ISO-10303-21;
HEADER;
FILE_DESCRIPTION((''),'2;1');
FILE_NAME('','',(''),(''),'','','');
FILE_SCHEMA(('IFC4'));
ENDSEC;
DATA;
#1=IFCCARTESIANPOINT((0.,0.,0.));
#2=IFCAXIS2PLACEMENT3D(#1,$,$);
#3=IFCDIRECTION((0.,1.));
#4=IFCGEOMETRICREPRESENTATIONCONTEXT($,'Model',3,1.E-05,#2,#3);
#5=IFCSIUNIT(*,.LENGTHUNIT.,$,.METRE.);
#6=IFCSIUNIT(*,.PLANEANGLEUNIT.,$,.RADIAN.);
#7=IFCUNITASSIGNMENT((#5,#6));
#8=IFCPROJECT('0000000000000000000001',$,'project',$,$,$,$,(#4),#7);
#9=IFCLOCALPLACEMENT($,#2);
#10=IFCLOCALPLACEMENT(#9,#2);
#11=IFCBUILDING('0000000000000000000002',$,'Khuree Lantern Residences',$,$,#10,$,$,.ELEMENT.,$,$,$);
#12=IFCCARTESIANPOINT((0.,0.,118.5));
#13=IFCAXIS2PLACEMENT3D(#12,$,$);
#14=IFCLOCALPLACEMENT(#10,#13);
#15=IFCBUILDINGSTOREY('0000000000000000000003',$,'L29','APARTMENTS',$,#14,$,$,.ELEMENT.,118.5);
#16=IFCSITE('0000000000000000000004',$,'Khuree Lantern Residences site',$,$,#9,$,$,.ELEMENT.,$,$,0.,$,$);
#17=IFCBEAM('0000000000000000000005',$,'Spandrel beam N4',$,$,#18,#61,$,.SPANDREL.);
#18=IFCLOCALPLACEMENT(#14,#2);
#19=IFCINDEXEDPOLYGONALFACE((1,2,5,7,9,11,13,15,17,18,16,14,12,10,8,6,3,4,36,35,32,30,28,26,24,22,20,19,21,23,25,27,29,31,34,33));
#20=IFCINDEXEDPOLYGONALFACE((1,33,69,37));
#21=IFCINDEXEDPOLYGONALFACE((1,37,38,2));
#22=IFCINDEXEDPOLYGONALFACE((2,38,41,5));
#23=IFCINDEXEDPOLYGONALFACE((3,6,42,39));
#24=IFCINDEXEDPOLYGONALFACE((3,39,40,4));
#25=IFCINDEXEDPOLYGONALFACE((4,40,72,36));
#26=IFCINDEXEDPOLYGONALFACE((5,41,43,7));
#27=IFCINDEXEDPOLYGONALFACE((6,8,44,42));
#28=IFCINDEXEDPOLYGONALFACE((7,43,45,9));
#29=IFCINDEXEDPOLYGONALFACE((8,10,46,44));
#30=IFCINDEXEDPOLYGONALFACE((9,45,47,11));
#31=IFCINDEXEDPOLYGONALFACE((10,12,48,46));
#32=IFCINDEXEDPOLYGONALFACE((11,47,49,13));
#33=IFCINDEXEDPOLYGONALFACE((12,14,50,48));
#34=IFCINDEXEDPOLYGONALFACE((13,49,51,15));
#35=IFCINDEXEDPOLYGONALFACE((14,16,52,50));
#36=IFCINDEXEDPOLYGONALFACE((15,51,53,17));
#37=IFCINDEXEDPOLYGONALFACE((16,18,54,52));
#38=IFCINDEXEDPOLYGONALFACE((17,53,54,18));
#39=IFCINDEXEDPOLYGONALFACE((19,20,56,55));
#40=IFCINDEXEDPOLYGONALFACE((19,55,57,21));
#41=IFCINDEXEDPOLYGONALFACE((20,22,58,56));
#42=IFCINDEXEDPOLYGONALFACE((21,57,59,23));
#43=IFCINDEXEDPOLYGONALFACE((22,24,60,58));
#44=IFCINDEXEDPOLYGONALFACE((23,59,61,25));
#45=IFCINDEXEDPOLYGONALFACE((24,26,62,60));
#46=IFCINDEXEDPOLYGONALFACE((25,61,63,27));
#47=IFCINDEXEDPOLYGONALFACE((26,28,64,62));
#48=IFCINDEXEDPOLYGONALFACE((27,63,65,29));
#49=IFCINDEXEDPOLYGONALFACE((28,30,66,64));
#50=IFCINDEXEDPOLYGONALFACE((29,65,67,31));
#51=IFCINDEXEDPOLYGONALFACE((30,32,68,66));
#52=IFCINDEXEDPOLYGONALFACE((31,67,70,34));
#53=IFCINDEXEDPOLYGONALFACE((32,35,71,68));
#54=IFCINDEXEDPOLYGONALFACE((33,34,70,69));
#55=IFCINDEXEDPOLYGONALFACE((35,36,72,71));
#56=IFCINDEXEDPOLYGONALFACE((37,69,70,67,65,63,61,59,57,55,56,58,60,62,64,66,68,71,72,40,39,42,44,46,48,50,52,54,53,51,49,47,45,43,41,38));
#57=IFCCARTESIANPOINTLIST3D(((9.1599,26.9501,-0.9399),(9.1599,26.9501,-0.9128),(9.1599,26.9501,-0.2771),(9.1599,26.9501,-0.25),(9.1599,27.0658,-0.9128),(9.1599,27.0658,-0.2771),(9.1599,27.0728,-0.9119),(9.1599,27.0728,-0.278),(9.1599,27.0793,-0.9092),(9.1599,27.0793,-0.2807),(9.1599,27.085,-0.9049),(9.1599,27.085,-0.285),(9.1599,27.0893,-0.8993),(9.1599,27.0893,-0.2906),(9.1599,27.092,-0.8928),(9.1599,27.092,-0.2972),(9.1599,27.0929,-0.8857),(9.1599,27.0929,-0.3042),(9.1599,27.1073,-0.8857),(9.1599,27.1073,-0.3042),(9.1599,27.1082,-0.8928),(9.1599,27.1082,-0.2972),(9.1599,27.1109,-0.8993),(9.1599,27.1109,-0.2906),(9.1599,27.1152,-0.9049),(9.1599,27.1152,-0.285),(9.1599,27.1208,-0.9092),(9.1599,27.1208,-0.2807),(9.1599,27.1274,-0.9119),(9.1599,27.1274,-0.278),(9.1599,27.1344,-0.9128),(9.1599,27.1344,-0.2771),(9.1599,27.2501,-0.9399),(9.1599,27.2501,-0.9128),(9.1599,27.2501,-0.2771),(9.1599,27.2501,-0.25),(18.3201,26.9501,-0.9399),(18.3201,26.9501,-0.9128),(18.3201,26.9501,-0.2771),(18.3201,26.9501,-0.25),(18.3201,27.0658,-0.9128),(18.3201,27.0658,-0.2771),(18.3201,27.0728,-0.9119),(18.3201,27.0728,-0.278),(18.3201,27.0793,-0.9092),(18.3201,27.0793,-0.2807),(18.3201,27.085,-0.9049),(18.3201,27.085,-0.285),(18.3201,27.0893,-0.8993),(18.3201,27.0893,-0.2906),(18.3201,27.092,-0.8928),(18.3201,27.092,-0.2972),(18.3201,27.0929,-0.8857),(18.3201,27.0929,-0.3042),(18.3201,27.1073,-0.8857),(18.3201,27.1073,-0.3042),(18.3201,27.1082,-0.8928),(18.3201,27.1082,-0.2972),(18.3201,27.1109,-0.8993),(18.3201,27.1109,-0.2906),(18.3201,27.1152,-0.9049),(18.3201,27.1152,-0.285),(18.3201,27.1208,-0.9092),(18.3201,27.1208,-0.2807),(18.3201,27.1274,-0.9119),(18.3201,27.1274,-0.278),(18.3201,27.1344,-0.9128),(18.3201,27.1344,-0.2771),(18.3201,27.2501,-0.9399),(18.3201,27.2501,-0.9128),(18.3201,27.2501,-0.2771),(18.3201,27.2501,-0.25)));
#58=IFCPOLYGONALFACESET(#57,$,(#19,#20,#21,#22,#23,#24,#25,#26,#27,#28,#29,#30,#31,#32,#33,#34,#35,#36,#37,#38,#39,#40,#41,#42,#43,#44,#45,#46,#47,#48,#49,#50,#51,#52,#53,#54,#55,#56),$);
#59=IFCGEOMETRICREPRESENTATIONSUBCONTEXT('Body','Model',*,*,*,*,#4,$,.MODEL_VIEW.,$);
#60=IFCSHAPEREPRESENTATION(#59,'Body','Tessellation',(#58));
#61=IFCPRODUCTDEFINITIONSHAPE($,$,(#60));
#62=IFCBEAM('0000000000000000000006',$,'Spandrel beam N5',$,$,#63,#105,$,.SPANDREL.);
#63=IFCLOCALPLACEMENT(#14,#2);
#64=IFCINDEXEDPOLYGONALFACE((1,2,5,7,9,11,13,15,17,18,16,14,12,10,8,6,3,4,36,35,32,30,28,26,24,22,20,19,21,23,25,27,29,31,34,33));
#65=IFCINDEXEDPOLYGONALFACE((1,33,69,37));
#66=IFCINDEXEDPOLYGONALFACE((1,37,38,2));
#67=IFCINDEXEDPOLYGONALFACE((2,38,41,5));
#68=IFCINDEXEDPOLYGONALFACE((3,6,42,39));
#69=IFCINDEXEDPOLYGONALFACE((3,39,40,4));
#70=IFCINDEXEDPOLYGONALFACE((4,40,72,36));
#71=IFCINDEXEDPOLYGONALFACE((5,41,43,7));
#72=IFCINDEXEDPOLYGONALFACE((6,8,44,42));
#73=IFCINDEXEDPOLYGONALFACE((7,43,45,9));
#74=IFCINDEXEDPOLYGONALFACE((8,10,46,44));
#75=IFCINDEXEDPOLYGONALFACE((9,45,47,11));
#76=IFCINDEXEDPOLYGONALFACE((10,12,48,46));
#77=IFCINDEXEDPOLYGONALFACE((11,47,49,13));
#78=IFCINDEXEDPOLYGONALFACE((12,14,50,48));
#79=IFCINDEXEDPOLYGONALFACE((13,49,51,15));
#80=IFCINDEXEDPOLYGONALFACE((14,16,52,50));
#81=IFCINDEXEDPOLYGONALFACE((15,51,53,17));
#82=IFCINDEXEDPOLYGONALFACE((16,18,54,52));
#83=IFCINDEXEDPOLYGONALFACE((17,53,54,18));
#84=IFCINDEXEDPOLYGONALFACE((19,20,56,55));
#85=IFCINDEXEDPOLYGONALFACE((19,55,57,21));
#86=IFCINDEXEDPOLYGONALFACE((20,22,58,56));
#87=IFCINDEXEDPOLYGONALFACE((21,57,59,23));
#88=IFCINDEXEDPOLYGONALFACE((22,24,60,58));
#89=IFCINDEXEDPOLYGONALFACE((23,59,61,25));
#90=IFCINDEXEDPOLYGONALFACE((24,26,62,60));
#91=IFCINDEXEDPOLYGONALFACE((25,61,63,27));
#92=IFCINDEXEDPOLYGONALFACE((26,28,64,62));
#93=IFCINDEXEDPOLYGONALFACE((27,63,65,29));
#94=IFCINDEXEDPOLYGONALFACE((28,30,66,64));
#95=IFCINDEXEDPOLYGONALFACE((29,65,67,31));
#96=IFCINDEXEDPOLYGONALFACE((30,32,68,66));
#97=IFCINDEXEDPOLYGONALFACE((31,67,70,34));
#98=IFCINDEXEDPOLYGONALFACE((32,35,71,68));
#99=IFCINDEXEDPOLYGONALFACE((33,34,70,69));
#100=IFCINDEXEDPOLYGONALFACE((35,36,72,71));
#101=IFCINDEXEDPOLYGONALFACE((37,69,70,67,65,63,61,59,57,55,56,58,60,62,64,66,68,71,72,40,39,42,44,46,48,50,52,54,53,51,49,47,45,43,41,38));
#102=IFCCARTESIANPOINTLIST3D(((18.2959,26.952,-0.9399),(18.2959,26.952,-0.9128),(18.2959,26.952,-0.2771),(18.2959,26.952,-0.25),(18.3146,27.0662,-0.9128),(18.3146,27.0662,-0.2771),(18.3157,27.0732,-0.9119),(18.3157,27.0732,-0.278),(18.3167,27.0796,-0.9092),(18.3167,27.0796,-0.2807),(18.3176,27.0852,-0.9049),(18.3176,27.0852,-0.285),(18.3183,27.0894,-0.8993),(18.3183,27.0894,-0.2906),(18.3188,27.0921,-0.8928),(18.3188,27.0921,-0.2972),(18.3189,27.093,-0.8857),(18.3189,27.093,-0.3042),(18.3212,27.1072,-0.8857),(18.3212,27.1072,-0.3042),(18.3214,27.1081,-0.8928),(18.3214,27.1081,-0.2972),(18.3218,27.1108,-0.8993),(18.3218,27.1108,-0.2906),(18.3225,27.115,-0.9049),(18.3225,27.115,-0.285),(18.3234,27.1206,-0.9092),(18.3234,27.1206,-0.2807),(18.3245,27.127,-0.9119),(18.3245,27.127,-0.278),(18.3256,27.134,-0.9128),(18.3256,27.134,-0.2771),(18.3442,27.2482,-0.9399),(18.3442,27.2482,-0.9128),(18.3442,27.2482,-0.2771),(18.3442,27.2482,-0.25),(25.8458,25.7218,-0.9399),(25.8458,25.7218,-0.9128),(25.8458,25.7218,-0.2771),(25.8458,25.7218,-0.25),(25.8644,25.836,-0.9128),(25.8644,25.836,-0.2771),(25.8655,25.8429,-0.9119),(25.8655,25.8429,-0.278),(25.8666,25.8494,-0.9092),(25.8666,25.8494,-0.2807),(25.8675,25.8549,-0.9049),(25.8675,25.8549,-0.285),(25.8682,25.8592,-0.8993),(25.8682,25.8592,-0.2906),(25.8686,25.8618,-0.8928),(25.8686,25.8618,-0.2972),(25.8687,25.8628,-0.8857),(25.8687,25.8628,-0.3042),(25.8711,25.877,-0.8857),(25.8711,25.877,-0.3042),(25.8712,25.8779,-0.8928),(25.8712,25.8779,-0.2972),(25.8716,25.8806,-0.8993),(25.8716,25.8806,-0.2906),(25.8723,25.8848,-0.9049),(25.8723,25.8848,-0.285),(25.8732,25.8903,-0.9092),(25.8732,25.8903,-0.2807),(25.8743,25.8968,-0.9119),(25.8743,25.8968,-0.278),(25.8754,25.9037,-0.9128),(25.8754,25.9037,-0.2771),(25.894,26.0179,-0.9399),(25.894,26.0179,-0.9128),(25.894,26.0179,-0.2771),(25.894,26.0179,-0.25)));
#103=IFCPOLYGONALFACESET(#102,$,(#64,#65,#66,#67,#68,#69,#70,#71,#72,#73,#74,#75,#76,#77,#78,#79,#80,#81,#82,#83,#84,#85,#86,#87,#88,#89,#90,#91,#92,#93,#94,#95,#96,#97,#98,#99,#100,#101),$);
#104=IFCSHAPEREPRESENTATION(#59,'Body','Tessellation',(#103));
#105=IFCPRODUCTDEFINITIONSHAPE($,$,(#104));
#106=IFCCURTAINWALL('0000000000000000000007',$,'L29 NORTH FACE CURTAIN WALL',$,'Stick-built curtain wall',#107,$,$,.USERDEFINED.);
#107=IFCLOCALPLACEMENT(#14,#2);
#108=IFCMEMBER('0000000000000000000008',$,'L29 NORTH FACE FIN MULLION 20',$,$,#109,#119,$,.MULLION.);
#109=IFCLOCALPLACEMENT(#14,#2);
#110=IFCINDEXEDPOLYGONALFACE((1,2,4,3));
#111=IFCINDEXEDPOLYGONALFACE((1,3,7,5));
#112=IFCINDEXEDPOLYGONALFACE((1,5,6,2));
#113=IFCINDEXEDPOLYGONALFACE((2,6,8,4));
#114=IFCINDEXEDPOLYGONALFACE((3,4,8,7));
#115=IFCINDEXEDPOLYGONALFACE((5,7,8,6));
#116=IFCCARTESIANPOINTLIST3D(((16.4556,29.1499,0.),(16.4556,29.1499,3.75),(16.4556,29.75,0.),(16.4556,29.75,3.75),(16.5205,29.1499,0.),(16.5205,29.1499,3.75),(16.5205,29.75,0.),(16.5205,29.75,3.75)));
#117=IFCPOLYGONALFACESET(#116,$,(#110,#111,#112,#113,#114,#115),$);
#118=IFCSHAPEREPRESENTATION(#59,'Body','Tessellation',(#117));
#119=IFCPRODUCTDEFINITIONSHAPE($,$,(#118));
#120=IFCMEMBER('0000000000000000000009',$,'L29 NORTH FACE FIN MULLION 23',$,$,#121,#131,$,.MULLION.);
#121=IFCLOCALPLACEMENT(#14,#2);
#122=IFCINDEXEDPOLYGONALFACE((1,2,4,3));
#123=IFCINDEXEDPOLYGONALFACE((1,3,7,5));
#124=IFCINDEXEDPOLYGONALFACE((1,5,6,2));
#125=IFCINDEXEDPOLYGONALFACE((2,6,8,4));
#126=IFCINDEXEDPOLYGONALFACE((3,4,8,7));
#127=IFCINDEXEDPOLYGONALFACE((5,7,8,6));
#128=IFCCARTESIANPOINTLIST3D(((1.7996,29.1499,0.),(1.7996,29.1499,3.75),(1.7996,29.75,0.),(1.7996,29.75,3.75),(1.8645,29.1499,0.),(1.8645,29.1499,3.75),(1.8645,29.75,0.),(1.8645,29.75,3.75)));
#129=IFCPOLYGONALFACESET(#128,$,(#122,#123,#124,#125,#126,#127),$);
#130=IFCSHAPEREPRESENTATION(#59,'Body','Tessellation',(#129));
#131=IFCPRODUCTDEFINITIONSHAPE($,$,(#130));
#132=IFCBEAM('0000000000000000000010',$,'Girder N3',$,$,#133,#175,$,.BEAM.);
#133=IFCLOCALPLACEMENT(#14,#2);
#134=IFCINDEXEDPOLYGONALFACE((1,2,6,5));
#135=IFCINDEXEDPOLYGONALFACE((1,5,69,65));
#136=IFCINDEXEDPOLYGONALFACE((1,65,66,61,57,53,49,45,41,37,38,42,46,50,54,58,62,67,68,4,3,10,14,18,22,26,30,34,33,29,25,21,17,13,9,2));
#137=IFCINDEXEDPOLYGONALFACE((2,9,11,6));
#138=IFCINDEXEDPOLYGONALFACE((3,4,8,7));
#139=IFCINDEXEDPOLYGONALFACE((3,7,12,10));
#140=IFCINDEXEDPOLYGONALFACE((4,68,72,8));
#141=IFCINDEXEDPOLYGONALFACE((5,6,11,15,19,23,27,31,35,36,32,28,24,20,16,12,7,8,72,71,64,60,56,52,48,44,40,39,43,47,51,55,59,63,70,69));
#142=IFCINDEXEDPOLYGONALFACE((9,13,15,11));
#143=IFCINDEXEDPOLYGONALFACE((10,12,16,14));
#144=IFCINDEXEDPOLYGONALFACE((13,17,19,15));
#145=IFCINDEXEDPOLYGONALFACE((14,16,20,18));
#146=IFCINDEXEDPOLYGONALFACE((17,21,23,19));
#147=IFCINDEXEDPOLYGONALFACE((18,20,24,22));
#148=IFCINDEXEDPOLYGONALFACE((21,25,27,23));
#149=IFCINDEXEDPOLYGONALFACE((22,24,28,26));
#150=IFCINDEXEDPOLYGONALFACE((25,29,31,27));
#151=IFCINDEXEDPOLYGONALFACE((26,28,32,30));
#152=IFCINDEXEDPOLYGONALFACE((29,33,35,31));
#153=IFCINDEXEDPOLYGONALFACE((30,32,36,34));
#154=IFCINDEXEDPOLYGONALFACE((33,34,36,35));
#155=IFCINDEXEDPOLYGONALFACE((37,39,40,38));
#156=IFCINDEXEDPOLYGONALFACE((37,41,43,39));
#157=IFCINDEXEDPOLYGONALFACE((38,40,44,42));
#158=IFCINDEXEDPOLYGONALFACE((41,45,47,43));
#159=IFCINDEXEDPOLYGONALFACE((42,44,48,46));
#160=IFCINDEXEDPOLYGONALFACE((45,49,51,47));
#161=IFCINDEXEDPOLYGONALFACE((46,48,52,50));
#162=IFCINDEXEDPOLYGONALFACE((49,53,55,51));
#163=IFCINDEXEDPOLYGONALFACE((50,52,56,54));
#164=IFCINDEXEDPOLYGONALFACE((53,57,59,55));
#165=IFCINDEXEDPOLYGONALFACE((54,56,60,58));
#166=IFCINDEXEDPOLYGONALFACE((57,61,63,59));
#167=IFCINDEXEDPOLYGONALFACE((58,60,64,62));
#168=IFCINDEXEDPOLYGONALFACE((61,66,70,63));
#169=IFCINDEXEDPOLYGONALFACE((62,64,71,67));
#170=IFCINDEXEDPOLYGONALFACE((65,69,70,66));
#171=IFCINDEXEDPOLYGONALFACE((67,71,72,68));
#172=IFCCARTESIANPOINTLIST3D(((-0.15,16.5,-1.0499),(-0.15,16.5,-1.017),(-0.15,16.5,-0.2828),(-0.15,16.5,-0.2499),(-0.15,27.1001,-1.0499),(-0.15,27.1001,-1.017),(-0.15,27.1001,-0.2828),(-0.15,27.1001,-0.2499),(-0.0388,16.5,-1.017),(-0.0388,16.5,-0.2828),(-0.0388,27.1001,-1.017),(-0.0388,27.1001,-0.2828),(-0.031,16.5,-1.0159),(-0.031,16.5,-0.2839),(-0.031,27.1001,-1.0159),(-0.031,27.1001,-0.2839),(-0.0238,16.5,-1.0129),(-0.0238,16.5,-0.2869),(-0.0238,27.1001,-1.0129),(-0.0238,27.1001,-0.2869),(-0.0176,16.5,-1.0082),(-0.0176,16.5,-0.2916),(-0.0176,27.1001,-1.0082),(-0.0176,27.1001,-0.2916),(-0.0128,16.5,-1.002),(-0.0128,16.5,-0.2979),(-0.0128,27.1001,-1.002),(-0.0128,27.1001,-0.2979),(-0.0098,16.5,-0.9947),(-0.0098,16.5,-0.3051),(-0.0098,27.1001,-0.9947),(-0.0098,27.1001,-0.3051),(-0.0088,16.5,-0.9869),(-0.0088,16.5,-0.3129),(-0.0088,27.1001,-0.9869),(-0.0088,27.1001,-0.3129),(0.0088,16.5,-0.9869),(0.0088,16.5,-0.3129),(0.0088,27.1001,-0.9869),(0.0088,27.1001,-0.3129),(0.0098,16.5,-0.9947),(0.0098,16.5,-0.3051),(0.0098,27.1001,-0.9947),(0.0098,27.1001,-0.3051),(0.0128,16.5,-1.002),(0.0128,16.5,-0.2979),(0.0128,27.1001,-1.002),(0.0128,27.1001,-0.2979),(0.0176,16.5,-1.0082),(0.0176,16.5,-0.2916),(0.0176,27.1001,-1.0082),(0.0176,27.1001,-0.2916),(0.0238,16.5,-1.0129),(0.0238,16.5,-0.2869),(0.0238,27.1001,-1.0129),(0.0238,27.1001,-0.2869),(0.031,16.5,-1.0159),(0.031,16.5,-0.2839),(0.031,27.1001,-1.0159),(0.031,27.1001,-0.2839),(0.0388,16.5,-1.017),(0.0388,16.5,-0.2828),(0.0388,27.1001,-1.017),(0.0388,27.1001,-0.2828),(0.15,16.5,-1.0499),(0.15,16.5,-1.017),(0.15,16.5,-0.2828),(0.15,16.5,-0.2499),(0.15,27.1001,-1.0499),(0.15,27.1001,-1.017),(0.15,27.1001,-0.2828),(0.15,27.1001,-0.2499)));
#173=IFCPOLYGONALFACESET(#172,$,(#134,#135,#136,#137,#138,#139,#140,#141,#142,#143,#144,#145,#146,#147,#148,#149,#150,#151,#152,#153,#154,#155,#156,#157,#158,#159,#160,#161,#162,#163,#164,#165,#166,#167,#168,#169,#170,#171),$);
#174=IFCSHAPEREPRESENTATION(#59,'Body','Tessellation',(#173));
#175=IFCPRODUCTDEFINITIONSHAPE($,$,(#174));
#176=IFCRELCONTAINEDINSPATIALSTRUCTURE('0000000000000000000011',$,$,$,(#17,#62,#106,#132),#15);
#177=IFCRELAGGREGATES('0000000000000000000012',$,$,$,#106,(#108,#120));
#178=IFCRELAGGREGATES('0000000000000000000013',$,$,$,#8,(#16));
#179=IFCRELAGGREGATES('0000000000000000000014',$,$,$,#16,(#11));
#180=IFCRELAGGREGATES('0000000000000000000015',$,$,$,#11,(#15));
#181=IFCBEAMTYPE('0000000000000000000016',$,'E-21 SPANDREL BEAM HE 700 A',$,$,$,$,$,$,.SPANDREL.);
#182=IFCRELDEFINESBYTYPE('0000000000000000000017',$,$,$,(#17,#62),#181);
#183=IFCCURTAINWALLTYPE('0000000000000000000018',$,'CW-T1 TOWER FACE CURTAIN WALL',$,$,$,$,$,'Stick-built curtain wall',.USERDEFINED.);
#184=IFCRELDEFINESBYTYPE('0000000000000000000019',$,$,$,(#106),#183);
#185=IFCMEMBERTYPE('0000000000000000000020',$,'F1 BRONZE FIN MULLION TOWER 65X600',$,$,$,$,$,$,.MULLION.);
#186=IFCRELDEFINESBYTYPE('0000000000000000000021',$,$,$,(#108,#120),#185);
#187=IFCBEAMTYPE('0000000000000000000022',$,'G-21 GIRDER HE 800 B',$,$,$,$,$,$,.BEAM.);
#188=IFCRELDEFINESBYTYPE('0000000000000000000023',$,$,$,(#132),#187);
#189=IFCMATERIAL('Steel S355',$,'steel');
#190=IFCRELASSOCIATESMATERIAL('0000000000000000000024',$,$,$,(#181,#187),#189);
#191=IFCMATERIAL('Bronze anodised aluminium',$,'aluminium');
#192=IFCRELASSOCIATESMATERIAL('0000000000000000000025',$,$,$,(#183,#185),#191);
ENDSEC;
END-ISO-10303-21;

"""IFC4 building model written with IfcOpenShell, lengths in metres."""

from ifc_helpers import new_model, si_unit, direction, frame, origin, origin_2d, place, context, subcontext, project, spatial, rectangle, i_section, extrude, material, material_profile, profile_set, type_object, element, aggregate, save


model = new_model("IFC4")

# Units and contexts
model_context = context("Model", 3, precision=1e-05, world=origin(), true_north=direction((0.0, 1.0)))
body_context = subcontext(model_context, "Body", "Model", "MODEL_VIEW")
ifc_project = project(units=[si_unit("LENGTHUNIT", "METRE"), si_unit("PLANEANGLEUNIT", "RADIAN")], contexts=[model_context])

# Site, building, storey
site_placement = place(None, origin())
site = spatial("IfcSite", under=ifc_project, at=site_placement, Name="Khuree Lantern Residences site", CompositionType="ELEMENT", RefElevation=0.0)
building_placement = place(site_placement, origin())
building = spatial("IfcBuilding", under=site, at=building_placement, Name="Khuree Lantern Residences", CompositionType="ELEMENT")
storey_placement = place(building_placement, frame((0.0, 0.0, 118.5)))
storey = spatial("IfcBuildingStorey", under=building, at=storey_placement, Name="L29", Description="APARTMENTS", CompositionType="ELEMENT", Elevation=118.5)

# Beams
ifc_material_1 = material(Name="Steel S355", Category="steel")
ifc_material_profile_1 = material_profile(ifc_material_1, i_section(OverallWidth=0.3, OverallDepth=0.6899, WebThickness=0.0144, FlangeThickness=0.0271, FilletRadius=0.0271, at=origin_2d()), Name="HE 700 A")
ifc_profile_set_1 = profile_set([ifc_material_profile_1], Name="Steel S355")
beam_type_1 = type_object("IfcBeamType", Name="E-21 SPANDREL BEAM HE 700 A", PredefinedType="SPANDREL", material=ifc_profile_set_1)
beam_1_placement = place(storey_placement, frame((9.1599, 27.1001, -0.595), z_axis=(1.0, 0.0, 0.0), x_axis=(0.0, 1.0, 0.0)))
element("IfcBeam", 1, at=beam_1_placement, inside=storey, type_object=beam_type_1, Name="Spandrel beam N4", PredefinedType="SPANDREL", context=body_context, shape_type="SweptSolid", body=[
    extrude(i_section(OverallWidth=0.3, OverallDepth=0.6899, WebThickness=0.0144, FlangeThickness=0.0271, FilletRadius=0.0271, at=origin_2d()), origin(), (0.0, 0.0, 1.0), 9.1602),
])
beam_2_placement = place(storey_placement, frame((18.3201, 27.1001, -0.595), z_axis=(0.986983, -0.160827, 0.0), x_axis=(0.160827, 0.986983, 0.0)))
element("IfcBeam", 2, at=beam_2_placement, inside=storey, type_object=beam_type_1, Name="Spandrel beam N5", PredefinedType="SPANDREL", context=body_context, shape_type="SweptSolid", body=[
    extrude(i_section(OverallWidth=0.3, OverallDepth=0.6899, WebThickness=0.0144, FlangeThickness=0.0271, FilletRadius=0.0271, at=origin_2d()), origin(), (0.0, 0.0, 1.0), 7.6494),
])

# Curtain wall, members
ifc_material_2 = material(Name="Bronze anodised aluminium", Category="aluminium")
curtain_wall_type = type_object("IfcCurtainWallType", Name="CW-T1 TOWER FACE CURTAIN WALL", ElementType="Stick-built curtain wall", PredefinedType="USERDEFINED", material=ifc_material_2)
curtain_wall_placement = place(storey_placement, origin())
curtain_wall = element("IfcCurtainWall", 3, at=curtain_wall_placement, inside=storey, type_object=curtain_wall_type, Name="L29 NORTH FACE CURTAIN WALL", ObjectType="Stick-built curtain wall", PredefinedType="USERDEFINED")
ifc_material_profile_2 = material_profile(ifc_material_2, rectangle(XDim=0.0649, YDim=0.6001, at=origin_2d()), Name="F1 65X600")
ifc_profile_set_2 = profile_set([ifc_material_profile_2], Name="Bronze anodised aluminium")
member_type_1 = type_object("IfcMemberType", Name="F1 BRONZE FIN MULLION TOWER 65X600", PredefinedType="MULLION", material=ifc_profile_set_2)
member_1_placement = place(storey_placement, frame((16.488, 29.45, 0.0), z_axis=(0.0, 0.0, 1.0), x_axis=(-1.0, 0.0, 0.0)))
member_1 = element("IfcMember", 4, at=member_1_placement, type_object=member_type_1, Name="L29 NORTH FACE FIN MULLION 20", PredefinedType="MULLION", context=body_context, shape_type="SweptSolid", body=[
    extrude(rectangle(XDim=0.0649, YDim=0.6001, at=origin_2d()), origin(), (0.0, 0.0, 1.0), 3.75),
])
member_2_placement = place(storey_placement, frame((1.832, 29.45, 0.0), z_axis=(0.0, 0.0, 1.0), x_axis=(-1.0, 0.0, 0.0)))
member_2 = element("IfcMember", 5, at=member_2_placement, type_object=member_type_1, Name="L29 NORTH FACE FIN MULLION 23", PredefinedType="MULLION", context=body_context, shape_type="SweptSolid", body=[
    extrude(rectangle(XDim=0.0649, YDim=0.6001, at=origin_2d()), origin(), (0.0, 0.0, 1.0), 3.75),
])

# Beam
ifc_material_profile_3 = material_profile(ifc_material_1, i_section(OverallWidth=0.3, OverallDepth=0.8, WebThickness=0.0176, FlangeThickness=0.033, FilletRadius=0.03, at=origin_2d()), Name="HE 800 B")
ifc_profile_set_3 = profile_set([ifc_material_profile_3], Name="Steel S355")
beam_type_2 = type_object("IfcBeamType", Name="G-21 GIRDER HE 800 B", PredefinedType="BEAM", material=ifc_profile_set_3)
for number, where, z_axis, x_axis, name in (
    (6, (0.0, 27.1001, -0.6499), (0.0, -1.0, 0.0), (1.0, 0.0, 0.0), "Girder N3"),
):
    element("IfcBeam", number, at=place(storey_placement, frame(where, z_axis=z_axis, x_axis=x_axis)), inside=storey, type_object=beam_type_2, Name=name, PredefinedType="BEAM", context=body_context, shape_type="SweptSolid", body=[
        extrude(i_section(OverallWidth=0.3, OverallDepth=0.8, WebThickness=0.0176, FlangeThickness=0.033, FilletRadius=0.03, at=origin_2d()), origin(), (0.0, 0.0, 1.0), 10.6001),
    ])

aggregate(curtain_wall, [member_1, member_2])

save(model, "model.ifc")
